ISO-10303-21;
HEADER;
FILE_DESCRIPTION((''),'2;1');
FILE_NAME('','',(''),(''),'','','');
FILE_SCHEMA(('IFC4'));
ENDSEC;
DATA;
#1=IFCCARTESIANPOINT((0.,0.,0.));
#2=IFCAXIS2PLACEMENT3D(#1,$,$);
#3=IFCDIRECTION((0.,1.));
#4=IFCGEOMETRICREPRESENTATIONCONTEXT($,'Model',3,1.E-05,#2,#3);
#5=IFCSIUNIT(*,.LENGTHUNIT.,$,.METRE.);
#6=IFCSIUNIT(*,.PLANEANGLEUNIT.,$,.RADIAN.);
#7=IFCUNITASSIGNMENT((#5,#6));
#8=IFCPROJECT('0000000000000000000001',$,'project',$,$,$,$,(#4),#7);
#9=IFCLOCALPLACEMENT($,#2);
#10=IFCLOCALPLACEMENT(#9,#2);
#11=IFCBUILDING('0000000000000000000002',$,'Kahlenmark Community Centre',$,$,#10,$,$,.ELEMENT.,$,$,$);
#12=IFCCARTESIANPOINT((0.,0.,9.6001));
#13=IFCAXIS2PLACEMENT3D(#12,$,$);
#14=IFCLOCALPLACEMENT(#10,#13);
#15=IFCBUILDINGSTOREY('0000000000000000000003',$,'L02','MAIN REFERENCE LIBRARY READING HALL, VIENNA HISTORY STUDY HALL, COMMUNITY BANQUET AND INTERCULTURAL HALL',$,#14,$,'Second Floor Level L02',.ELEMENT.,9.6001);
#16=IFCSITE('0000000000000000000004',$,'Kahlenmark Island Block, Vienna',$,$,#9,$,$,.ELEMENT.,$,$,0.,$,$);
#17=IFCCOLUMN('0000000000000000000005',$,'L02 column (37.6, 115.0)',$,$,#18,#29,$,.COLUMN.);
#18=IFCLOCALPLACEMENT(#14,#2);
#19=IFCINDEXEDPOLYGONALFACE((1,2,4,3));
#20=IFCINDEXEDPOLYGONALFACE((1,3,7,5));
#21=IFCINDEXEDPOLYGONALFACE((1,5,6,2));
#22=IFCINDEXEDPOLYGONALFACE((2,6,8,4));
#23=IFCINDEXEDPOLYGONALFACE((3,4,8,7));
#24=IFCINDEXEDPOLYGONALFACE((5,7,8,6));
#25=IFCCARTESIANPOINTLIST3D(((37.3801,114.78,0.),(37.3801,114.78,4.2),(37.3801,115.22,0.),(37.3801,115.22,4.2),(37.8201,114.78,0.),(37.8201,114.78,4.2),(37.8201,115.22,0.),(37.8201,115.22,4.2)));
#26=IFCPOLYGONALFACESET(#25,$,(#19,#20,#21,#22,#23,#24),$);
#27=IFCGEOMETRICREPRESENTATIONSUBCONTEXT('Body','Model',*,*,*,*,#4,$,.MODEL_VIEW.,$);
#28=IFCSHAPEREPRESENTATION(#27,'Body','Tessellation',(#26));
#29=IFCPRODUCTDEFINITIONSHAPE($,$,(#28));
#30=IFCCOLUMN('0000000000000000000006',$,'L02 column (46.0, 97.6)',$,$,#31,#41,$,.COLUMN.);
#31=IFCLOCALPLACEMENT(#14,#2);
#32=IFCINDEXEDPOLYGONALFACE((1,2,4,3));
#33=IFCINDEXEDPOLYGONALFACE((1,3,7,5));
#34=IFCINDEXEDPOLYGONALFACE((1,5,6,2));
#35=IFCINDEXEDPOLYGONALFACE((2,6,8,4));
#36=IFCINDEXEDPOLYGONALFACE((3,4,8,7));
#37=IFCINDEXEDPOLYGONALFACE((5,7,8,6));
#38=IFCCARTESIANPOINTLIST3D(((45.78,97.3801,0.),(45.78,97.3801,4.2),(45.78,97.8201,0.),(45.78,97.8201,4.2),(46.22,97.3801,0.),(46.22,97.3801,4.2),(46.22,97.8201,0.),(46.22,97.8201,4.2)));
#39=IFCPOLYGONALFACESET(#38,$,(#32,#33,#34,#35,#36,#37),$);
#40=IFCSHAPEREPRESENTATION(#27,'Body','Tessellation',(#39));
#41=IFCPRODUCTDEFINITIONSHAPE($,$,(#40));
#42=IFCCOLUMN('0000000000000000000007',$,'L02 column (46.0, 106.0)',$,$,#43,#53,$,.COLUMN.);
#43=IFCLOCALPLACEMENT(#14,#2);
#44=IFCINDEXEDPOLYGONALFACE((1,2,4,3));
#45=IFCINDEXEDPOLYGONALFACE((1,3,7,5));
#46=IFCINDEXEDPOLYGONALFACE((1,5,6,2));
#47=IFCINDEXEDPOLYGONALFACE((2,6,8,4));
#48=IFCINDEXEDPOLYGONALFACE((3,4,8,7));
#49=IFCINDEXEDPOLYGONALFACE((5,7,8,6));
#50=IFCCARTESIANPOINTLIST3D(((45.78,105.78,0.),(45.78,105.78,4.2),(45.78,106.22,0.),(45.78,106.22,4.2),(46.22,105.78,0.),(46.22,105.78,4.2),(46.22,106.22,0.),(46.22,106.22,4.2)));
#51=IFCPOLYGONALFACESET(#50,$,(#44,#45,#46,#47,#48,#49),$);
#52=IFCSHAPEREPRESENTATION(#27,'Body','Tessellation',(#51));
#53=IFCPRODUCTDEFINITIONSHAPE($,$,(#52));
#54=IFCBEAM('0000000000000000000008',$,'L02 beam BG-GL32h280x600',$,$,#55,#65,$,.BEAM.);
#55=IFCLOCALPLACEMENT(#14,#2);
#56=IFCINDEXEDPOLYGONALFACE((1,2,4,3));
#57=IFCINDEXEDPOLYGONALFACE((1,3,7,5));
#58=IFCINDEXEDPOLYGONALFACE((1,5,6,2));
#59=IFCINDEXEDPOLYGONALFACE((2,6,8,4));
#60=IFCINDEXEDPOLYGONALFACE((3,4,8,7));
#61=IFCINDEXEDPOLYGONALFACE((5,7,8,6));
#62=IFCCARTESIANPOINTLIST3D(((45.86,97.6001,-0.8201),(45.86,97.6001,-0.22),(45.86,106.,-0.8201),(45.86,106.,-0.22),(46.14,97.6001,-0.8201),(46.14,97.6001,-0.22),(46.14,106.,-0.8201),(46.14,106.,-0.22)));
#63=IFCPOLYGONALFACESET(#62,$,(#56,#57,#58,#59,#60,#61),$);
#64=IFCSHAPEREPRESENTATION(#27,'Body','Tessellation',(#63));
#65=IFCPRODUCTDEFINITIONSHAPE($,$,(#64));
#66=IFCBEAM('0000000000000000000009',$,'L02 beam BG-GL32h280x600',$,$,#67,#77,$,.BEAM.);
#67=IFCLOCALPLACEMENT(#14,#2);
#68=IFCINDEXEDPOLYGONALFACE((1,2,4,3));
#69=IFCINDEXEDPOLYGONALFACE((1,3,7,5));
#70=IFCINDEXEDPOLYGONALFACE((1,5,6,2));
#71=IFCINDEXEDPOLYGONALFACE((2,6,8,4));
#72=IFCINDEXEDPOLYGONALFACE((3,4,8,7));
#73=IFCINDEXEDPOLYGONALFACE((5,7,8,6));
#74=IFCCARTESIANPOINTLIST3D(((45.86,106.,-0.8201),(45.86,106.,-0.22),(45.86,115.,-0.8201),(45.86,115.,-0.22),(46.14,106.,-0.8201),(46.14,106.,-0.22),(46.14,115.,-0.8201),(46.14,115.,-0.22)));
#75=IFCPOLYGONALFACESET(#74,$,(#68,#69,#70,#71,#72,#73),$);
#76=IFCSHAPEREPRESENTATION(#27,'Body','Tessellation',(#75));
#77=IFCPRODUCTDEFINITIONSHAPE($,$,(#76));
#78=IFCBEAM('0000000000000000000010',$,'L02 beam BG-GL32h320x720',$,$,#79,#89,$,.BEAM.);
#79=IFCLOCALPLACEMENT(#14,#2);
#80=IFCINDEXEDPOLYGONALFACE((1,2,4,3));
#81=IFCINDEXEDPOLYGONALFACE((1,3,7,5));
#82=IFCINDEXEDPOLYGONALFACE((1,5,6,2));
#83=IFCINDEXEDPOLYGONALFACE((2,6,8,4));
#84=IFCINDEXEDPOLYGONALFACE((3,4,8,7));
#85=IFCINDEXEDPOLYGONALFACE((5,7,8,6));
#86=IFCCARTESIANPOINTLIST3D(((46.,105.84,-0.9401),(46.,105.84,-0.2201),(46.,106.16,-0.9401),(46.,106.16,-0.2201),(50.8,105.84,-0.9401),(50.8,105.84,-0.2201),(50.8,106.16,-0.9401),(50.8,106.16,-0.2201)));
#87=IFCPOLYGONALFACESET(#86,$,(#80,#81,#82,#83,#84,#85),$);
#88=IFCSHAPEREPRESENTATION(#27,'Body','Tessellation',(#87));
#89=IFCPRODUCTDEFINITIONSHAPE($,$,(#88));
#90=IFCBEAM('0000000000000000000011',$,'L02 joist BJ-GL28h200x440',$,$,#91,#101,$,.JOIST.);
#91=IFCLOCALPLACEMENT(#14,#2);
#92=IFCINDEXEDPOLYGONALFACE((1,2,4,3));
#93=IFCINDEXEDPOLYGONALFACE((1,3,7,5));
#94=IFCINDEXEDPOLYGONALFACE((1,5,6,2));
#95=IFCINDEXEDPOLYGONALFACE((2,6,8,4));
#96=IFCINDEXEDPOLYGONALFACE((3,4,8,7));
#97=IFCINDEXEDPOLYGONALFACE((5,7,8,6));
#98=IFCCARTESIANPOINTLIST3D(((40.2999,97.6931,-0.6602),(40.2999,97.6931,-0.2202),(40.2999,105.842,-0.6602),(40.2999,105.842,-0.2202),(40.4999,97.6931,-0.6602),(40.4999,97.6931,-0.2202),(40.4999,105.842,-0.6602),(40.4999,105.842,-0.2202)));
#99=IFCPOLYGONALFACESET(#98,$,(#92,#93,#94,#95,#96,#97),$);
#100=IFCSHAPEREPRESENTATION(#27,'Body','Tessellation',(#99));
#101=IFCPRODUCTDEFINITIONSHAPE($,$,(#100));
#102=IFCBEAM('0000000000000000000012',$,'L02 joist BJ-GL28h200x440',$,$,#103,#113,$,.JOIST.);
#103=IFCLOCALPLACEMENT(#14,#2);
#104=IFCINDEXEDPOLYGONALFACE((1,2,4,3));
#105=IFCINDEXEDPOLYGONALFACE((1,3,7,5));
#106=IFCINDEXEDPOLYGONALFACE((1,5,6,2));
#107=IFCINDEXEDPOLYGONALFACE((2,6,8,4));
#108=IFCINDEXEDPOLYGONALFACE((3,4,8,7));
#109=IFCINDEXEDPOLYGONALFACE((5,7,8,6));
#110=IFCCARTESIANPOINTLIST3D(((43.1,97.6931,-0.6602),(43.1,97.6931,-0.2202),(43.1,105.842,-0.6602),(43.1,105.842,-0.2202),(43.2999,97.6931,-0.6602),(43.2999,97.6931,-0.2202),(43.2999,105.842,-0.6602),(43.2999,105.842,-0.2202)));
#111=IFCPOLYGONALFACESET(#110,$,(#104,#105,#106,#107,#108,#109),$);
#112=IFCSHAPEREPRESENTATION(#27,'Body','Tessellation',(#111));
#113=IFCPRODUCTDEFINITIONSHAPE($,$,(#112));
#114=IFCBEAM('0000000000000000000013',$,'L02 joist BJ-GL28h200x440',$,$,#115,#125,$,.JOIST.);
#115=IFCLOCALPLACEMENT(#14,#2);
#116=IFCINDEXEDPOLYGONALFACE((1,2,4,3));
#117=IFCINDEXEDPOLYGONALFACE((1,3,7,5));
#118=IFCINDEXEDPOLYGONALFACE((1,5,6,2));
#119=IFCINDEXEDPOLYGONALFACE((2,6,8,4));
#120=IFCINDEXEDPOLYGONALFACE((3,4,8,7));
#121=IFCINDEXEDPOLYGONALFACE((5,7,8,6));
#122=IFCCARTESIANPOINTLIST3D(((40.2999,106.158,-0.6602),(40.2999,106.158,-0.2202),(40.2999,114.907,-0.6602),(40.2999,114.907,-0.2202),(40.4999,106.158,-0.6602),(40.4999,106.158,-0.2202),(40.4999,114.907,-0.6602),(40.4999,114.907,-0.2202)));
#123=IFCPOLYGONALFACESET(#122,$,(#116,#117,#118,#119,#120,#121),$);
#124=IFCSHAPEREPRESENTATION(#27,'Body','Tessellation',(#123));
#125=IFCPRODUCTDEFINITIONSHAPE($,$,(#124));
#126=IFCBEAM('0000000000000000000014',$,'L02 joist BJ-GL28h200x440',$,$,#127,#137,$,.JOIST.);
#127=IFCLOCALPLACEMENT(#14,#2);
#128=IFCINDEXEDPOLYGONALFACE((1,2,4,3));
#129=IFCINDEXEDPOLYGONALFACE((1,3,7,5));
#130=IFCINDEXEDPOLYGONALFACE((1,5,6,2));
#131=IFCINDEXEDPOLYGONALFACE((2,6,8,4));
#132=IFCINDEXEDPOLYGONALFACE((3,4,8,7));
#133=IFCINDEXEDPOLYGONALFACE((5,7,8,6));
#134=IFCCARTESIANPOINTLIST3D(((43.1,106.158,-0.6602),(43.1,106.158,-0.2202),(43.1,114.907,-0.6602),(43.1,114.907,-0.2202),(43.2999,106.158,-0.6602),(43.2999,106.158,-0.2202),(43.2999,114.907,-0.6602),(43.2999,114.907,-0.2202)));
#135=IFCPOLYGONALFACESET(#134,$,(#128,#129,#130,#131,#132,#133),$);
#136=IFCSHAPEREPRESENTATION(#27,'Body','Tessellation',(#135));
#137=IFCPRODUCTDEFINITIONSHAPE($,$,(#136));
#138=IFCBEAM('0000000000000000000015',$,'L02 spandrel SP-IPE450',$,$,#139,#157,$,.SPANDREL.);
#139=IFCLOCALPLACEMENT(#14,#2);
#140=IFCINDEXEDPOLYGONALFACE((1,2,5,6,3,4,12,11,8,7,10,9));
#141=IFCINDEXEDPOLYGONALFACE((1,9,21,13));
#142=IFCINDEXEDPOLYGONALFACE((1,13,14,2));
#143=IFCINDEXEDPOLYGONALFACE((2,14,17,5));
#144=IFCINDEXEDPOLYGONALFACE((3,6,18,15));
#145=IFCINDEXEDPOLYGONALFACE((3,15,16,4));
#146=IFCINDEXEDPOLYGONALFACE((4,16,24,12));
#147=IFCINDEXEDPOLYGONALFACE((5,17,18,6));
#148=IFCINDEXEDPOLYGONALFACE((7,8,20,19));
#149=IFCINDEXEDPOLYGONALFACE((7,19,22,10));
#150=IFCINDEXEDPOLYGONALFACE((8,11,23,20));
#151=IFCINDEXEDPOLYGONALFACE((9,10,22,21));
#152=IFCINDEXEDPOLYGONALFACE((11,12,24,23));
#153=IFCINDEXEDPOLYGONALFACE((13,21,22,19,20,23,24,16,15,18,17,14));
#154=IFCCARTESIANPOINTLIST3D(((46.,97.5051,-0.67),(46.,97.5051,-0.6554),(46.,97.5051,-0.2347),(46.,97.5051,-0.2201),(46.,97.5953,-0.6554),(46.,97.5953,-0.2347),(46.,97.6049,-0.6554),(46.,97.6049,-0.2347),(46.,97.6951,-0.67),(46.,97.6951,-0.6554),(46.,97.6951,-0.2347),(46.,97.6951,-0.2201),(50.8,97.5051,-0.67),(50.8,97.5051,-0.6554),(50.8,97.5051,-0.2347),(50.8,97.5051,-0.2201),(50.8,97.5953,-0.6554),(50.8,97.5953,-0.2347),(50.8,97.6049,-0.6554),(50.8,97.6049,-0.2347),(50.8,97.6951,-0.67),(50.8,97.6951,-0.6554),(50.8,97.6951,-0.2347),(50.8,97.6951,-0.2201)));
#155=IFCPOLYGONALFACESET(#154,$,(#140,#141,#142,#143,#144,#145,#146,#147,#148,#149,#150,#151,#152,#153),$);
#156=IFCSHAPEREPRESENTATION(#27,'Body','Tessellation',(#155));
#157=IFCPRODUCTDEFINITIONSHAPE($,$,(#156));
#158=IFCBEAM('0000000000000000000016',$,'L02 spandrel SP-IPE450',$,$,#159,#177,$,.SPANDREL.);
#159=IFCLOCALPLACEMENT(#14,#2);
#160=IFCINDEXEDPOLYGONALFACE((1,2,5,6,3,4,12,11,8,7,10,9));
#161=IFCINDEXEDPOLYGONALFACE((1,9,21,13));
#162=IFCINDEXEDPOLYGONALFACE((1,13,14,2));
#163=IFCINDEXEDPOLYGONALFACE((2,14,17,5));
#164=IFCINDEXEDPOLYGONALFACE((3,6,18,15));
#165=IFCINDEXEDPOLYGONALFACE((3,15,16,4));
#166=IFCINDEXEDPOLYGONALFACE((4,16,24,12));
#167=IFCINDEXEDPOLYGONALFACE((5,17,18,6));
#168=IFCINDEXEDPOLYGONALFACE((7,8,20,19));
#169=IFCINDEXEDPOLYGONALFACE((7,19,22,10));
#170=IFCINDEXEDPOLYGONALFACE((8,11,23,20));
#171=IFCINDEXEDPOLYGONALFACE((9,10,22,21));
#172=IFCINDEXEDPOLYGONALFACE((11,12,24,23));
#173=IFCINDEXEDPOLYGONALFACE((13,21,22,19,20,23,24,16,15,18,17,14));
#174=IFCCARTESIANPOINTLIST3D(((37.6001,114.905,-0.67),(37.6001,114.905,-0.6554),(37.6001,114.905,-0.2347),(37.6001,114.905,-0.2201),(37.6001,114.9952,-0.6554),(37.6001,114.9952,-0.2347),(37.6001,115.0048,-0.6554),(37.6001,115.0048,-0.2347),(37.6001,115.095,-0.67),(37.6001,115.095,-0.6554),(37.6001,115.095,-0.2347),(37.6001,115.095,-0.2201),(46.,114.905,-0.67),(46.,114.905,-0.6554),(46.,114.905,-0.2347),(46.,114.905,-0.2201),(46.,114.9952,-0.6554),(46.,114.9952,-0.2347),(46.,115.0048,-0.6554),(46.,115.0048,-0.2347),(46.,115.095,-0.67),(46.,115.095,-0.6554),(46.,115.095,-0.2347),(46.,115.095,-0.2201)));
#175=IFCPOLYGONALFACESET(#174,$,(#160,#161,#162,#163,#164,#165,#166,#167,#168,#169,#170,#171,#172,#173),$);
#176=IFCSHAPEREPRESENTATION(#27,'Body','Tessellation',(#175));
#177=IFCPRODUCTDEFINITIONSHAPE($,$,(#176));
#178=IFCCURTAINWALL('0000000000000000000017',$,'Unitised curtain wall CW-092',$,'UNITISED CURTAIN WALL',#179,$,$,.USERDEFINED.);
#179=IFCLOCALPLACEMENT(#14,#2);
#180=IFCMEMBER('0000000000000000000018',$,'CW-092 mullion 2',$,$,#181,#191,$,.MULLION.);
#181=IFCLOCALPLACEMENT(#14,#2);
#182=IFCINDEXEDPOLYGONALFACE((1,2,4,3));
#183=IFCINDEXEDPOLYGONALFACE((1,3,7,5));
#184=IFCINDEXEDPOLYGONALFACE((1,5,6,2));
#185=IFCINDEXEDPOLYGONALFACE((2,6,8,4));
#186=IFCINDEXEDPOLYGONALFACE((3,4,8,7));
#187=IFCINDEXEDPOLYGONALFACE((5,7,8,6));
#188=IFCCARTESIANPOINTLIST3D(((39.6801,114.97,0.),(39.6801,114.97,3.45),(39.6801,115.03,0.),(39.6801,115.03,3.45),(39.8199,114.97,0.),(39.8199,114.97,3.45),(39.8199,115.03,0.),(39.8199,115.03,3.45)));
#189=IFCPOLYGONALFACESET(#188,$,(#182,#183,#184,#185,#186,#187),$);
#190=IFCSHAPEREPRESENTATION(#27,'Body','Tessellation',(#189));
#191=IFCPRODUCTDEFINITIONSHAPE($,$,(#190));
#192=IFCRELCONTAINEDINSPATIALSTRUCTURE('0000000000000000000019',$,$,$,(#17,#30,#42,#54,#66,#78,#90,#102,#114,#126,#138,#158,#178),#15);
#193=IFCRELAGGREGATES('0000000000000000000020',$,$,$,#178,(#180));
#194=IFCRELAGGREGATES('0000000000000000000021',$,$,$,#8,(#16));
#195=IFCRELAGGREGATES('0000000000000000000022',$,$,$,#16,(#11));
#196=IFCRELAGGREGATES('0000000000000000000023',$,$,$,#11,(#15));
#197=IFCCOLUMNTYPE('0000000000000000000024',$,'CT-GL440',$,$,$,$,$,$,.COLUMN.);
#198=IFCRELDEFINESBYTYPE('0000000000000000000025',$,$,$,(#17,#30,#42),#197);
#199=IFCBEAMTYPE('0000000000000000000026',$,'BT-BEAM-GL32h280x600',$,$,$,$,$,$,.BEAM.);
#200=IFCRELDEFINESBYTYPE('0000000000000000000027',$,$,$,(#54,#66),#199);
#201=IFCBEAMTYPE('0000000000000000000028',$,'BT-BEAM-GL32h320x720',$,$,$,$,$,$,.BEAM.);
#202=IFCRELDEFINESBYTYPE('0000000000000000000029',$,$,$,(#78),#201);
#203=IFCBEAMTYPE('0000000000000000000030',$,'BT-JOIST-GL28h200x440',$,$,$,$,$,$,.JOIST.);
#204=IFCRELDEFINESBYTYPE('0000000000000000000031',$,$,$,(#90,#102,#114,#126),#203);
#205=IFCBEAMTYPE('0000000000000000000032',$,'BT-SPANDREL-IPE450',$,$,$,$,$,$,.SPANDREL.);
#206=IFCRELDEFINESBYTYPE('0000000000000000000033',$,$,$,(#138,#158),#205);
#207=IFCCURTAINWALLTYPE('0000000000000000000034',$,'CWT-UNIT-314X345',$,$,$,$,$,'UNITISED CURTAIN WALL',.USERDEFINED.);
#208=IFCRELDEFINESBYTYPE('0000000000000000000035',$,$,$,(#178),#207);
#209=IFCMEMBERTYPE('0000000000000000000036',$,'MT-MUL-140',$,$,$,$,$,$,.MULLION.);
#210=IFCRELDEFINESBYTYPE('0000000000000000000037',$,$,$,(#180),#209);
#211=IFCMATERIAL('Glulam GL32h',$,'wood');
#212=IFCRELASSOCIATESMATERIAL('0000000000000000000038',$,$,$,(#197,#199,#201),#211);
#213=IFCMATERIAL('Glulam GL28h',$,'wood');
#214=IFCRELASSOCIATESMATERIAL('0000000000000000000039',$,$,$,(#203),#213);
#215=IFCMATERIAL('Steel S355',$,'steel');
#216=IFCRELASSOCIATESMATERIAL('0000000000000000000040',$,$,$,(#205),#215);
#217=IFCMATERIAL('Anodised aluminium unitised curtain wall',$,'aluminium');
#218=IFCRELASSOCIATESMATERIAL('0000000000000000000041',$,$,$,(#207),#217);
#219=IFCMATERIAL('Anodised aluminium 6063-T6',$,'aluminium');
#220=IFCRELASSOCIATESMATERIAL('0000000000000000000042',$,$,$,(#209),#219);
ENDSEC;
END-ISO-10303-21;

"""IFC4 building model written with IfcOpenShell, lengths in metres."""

from ifc_helpers import new_model, si_unit, direction, frame, origin, origin_2d, place, context, subcontext, project, spatial, rectangle, i_section, extrude, material, material_profile, profile_set, type_object, element, aggregate, save


model = new_model("IFC4")

# Units and contexts
model_context = context("Model", 3, precision=1e-05, world=origin(), true_north=direction((0.0, 1.0)))
body_context = subcontext(model_context, "Body", "Model", "MODEL_VIEW")
ifc_project = project(units=[si_unit("LENGTHUNIT", "METRE"), si_unit("PLANEANGLEUNIT", "RADIAN")], contexts=[model_context])

# Site, building, storey
site_placement = place(None, origin())
site = spatial("IfcSite", under=ifc_project, at=site_placement, Name="Kahlenmark Island Block, Vienna", CompositionType="ELEMENT", RefElevation=0.0)
building_placement = place(site_placement, origin())
building = spatial("IfcBuilding", under=site, at=building_placement, Name="Kahlenmark Community Centre", CompositionType="ELEMENT")
storey_placement = place(building_placement, frame((0.0, 0.0, 9.6001)))
storey = spatial("IfcBuildingStorey", under=building, at=storey_placement, Name="L02", Description="MAIN REFERENCE LIBRARY READING HALL, VIENNA HISTORY STUDY HALL, COMMUNITY BANQUET AND INTERCULTURAL HALL", LongName="Second Floor Level L02", CompositionType="ELEMENT", Elevation=9.6001)

# Columns
ifc_material_1 = material(Name="Glulam GL32h", Category="wood")
ifc_material_profile_1 = material_profile(ifc_material_1, rectangle(XDim=0.4399, YDim=0.4399, at=origin_2d()), Name="GL32h 440x440")
ifc_profile_set_1 = profile_set([ifc_material_profile_1], Name="Glulam GL32h")
column_type = type_object("IfcColumnType", Name="CT-GL440", PredefinedType="COLUMN", material=ifc_profile_set_1)
for number, where, z_axis, x_axis, name in (
    (1, (37.6001, 115.0, 0.0), (0.0, 0.0, 1.0), (1.0, 0.0, 0.0), "L02 column (37.6, 115.0)"),
    (2, (46.0, 97.6001, 0.0), (0.0, 0.0, 1.0), (1.0, 0.0, 0.0), "L02 column (46.0, 97.6)"),
    (3, (46.0, 106.0, 0.0), (0.0, 0.0, 1.0), (1.0, 0.0, 0.0), "L02 column (46.0, 106.0)"),
):
    element("IfcColumn", number, at=place(storey_placement, frame(where, z_axis=z_axis, x_axis=x_axis)), inside=storey, type_object=column_type, Name=name, PredefinedType="COLUMN", context=body_context, shape_type="SweptSolid", body=[
        extrude(rectangle(XDim=0.4399, YDim=0.4399, at=origin_2d()), origin(), (0.0, 0.0, 1.0), 4.2),
    ])

# Beams
ifc_material_profile_2 = material_profile(ifc_material_1, rectangle(XDim=0.28, YDim=0.6001, at=origin_2d()), Name="GL32h 280x600")
ifc_profile_set_2 = profile_set([ifc_material_profile_2], Name="Glulam GL32h")
beam_type_1 = type_object("IfcBeamType", Name="BT-BEAM-GL32h280x600", PredefinedType="BEAM", material=ifc_profile_set_2)
beam_1_placement = place(storey_placement, frame((46.0, 97.6001, -0.52), z_axis=(0.0, 1.0, 0.0), x_axis=(-1.0, 0.0, 0.0)))
element("IfcBeam", 4, at=beam_1_placement, inside=storey, type_object=beam_type_1, Name="L02 beam BG-GL32h280x600", PredefinedType="BEAM", context=body_context, shape_type="SweptSolid", body=[
    extrude(rectangle(XDim=0.28, YDim=0.6001, at=origin_2d()), origin(), (0.0, 0.0, 1.0), 8.3999),
])
beam_2_placement = place(storey_placement, frame((46.0, 106.0, -0.52), z_axis=(0.0, 1.0, 0.0), x_axis=(-1.0, 0.0, 0.0)))
element("IfcBeam", 5, at=beam_2_placement, inside=storey, type_object=beam_type_1, Name="L02 beam BG-GL32h280x600", PredefinedType="BEAM", context=body_context, shape_type="SweptSolid", body=[
    extrude(rectangle(XDim=0.28, YDim=0.6001, at=origin_2d()), origin(), (0.0, 0.0, 1.0), 9.0),
])
ifc_material_profile_3 = material_profile(ifc_material_1, rectangle(XDim=0.3201, YDim=0.72, at=origin_2d()), Name="GL32h 320x720")
ifc_profile_set_3 = profile_set([ifc_material_profile_3], Name="Glulam GL32h")
beam_type_2 = type_object("IfcBeamType", Name="BT-BEAM-GL32h320x720", PredefinedType="BEAM", material=ifc_profile_set_3)
beam_3_placement = place(storey_placement, frame((46.0, 106.0, -0.5801), z_axis=(1.0, 0.0, 0.0), x_axis=(0.0, 1.0, 0.0)))
element("IfcBeam", 6, at=beam_3_placement, inside=storey, type_object=beam_type_2, Name="L02 beam BG-GL32h320x720", PredefinedType="BEAM", context=body_context, shape_type="SweptSolid", body=[
    extrude(rectangle(XDim=0.3201, YDim=0.72, at=origin_2d()), origin(), (0.0, 0.0, 1.0), 4.8),
])
ifc_material_2 = material(Name="Glulam GL28h", Category="wood")
ifc_material_profile_4 = material_profile(ifc_material_2, rectangle(XDim=0.2, YDim=0.4399, at=origin_2d()), Name="GL28h 200x440")
ifc_profile_set_4 = profile_set([ifc_material_profile_4], Name="Glulam GL28h")
beam_type_3 = type_object("IfcBeamType", Name="BT-JOIST-GL28h200x440", PredefinedType="JOIST", material=ifc_profile_set_4)
for number, where, z_axis, x_axis, name in (
    (7, (40.3999, 97.6931, -0.4402), (0.0, 1.0, 0.0), (-1.0, 0.0, 0.0), "L02 joist BJ-GL28h200x440"),
    (8, (43.2, 97.6931, -0.4402), (0.0, 1.0, 0.0), (-1.0, 0.0, 0.0), "L02 joist BJ-GL28h200x440"),
):
    element("IfcBeam", number, at=place(storey_placement, frame(where, z_axis=z_axis, x_axis=x_axis)), inside=storey, type_object=beam_type_3, Name=name, PredefinedType="JOIST", context=body_context, shape_type="SweptSolid", body=[
        extrude(rectangle(XDim=0.2, YDim=0.4399, at=origin_2d()), origin(), (0.0, 0.0, 1.0), 8.1489),
    ])
for number, where, z_axis, x_axis, name in (
    (9, (40.3999, 106.158, -0.4402), (0.0, 1.0, 0.0), (-1.0, 0.0, 0.0), "L02 joist BJ-GL28h200x440"),
    (10, (43.2, 106.158, -0.4402), (0.0, 1.0, 0.0), (-1.0, 0.0, 0.0), "L02 joist BJ-GL28h200x440"),
):
    element("IfcBeam", number, at=place(storey_placement, frame(where, z_axis=z_axis, x_axis=x_axis)), inside=storey, type_object=beam_type_3, Name=name, PredefinedType="JOIST", context=body_context, shape_type="SweptSolid", body=[
        extrude(rectangle(XDim=0.2, YDim=0.4399, at=origin_2d()), origin(), (0.0, 0.0, 1.0), 8.749),
    ])
ifc_material_3 = material(Name="Steel S355", Category="steel")
ifc_material_profile_5 = material_profile(ifc_material_3, i_section(OverallWidth=0.1899, OverallDepth=0.45, WebThickness=0.0095, FlangeThickness=0.0146, at=origin_2d()), Name="IPE 450")
ifc_profile_set_5 = profile_set([ifc_material_profile_5], Name="Steel S355")
beam_type_4 = type_object("IfcBeamType", Name="BT-SPANDREL-IPE450", PredefinedType="SPANDREL", material=ifc_profile_set_5)
beam_4_placement = place(storey_placement, frame((46.0, 97.6001, -0.4451), z_axis=(1.0, 0.0, 0.0), x_axis=(0.0, 1.0, 0.0)))
element("IfcBeam", 11, at=beam_4_placement, inside=storey, type_object=beam_type_4, Name="L02 spandrel SP-IPE450", PredefinedType="SPANDREL", context=body_context, shape_type="SweptSolid", body=[
    extrude(i_section(OverallWidth=0.1899, OverallDepth=0.45, WebThickness=0.0095, FlangeThickness=0.0146, at=origin_2d()), origin(), (0.0, 0.0, 1.0), 4.8),
])
beam_5_placement = place(storey_placement, frame((37.6001, 115.0, -0.4451), z_axis=(1.0, 0.0, 0.0), x_axis=(0.0, 1.0, 0.0)))
element("IfcBeam", 12, at=beam_5_placement, inside=storey, type_object=beam_type_4, Name="L02 spandrel SP-IPE450", PredefinedType="SPANDREL", context=body_context, shape_type="SweptSolid", body=[
    extrude(i_section(OverallWidth=0.1899, OverallDepth=0.45, WebThickness=0.0095, FlangeThickness=0.0146, at=origin_2d()), origin(), (0.0, 0.0, 1.0), 8.3999),
])

# Curtain wall, member
ifc_material_4 = material(Name="Anodised aluminium unitised curtain wall", Category="aluminium")
curtain_wall_type = type_object("IfcCurtainWallType", Name="CWT-UNIT-314X345", ElementType="UNITISED CURTAIN WALL", PredefinedType="USERDEFINED", material=ifc_material_4)
curtain_wall_placement = place(storey_placement, origin())
curtain_wall = element("IfcCurtainWall", 13, at=curtain_wall_placement, inside=storey, type_object=curtain_wall_type, Name="Unitised curtain wall CW-092", ObjectType="UNITISED CURTAIN WALL", PredefinedType="USERDEFINED")
ifc_material_5 = material(Name="Anodised aluminium 6063-T6", Category="aluminium")
ifc_material_profile_6 = material_profile(ifc_material_5, rectangle(XDim=0.0601, YDim=0.1399, at=origin_2d()), Name="ALU MULLION 60x140")
ifc_profile_set_6 = profile_set([ifc_material_profile_6], Name="Anodised aluminium 6063-T6")
member_type = type_object("IfcMemberType", Name="MT-MUL-140", PredefinedType="MULLION", material=ifc_profile_set_6)
member_1_placement = place(storey_placement, frame((39.75, 115.0, 0.0), z_axis=(0.0, 0.0, 1.0), x_axis=(0.0, -1.0, 0.0)))
member_1 = element("IfcMember", 14, at=member_1_placement, type_object=member_type, Name="CW-092 mullion 2", PredefinedType="MULLION", context=body_context, shape_type="SweptSolid", body=[
    extrude(rectangle(XDim=0.0601, YDim=0.1399, at=origin_2d()), origin(), (0.0, 0.0, 1.0), 3.45),
])
aggregate(curtain_wall, [member_1])

save(model, "model.ifc")
